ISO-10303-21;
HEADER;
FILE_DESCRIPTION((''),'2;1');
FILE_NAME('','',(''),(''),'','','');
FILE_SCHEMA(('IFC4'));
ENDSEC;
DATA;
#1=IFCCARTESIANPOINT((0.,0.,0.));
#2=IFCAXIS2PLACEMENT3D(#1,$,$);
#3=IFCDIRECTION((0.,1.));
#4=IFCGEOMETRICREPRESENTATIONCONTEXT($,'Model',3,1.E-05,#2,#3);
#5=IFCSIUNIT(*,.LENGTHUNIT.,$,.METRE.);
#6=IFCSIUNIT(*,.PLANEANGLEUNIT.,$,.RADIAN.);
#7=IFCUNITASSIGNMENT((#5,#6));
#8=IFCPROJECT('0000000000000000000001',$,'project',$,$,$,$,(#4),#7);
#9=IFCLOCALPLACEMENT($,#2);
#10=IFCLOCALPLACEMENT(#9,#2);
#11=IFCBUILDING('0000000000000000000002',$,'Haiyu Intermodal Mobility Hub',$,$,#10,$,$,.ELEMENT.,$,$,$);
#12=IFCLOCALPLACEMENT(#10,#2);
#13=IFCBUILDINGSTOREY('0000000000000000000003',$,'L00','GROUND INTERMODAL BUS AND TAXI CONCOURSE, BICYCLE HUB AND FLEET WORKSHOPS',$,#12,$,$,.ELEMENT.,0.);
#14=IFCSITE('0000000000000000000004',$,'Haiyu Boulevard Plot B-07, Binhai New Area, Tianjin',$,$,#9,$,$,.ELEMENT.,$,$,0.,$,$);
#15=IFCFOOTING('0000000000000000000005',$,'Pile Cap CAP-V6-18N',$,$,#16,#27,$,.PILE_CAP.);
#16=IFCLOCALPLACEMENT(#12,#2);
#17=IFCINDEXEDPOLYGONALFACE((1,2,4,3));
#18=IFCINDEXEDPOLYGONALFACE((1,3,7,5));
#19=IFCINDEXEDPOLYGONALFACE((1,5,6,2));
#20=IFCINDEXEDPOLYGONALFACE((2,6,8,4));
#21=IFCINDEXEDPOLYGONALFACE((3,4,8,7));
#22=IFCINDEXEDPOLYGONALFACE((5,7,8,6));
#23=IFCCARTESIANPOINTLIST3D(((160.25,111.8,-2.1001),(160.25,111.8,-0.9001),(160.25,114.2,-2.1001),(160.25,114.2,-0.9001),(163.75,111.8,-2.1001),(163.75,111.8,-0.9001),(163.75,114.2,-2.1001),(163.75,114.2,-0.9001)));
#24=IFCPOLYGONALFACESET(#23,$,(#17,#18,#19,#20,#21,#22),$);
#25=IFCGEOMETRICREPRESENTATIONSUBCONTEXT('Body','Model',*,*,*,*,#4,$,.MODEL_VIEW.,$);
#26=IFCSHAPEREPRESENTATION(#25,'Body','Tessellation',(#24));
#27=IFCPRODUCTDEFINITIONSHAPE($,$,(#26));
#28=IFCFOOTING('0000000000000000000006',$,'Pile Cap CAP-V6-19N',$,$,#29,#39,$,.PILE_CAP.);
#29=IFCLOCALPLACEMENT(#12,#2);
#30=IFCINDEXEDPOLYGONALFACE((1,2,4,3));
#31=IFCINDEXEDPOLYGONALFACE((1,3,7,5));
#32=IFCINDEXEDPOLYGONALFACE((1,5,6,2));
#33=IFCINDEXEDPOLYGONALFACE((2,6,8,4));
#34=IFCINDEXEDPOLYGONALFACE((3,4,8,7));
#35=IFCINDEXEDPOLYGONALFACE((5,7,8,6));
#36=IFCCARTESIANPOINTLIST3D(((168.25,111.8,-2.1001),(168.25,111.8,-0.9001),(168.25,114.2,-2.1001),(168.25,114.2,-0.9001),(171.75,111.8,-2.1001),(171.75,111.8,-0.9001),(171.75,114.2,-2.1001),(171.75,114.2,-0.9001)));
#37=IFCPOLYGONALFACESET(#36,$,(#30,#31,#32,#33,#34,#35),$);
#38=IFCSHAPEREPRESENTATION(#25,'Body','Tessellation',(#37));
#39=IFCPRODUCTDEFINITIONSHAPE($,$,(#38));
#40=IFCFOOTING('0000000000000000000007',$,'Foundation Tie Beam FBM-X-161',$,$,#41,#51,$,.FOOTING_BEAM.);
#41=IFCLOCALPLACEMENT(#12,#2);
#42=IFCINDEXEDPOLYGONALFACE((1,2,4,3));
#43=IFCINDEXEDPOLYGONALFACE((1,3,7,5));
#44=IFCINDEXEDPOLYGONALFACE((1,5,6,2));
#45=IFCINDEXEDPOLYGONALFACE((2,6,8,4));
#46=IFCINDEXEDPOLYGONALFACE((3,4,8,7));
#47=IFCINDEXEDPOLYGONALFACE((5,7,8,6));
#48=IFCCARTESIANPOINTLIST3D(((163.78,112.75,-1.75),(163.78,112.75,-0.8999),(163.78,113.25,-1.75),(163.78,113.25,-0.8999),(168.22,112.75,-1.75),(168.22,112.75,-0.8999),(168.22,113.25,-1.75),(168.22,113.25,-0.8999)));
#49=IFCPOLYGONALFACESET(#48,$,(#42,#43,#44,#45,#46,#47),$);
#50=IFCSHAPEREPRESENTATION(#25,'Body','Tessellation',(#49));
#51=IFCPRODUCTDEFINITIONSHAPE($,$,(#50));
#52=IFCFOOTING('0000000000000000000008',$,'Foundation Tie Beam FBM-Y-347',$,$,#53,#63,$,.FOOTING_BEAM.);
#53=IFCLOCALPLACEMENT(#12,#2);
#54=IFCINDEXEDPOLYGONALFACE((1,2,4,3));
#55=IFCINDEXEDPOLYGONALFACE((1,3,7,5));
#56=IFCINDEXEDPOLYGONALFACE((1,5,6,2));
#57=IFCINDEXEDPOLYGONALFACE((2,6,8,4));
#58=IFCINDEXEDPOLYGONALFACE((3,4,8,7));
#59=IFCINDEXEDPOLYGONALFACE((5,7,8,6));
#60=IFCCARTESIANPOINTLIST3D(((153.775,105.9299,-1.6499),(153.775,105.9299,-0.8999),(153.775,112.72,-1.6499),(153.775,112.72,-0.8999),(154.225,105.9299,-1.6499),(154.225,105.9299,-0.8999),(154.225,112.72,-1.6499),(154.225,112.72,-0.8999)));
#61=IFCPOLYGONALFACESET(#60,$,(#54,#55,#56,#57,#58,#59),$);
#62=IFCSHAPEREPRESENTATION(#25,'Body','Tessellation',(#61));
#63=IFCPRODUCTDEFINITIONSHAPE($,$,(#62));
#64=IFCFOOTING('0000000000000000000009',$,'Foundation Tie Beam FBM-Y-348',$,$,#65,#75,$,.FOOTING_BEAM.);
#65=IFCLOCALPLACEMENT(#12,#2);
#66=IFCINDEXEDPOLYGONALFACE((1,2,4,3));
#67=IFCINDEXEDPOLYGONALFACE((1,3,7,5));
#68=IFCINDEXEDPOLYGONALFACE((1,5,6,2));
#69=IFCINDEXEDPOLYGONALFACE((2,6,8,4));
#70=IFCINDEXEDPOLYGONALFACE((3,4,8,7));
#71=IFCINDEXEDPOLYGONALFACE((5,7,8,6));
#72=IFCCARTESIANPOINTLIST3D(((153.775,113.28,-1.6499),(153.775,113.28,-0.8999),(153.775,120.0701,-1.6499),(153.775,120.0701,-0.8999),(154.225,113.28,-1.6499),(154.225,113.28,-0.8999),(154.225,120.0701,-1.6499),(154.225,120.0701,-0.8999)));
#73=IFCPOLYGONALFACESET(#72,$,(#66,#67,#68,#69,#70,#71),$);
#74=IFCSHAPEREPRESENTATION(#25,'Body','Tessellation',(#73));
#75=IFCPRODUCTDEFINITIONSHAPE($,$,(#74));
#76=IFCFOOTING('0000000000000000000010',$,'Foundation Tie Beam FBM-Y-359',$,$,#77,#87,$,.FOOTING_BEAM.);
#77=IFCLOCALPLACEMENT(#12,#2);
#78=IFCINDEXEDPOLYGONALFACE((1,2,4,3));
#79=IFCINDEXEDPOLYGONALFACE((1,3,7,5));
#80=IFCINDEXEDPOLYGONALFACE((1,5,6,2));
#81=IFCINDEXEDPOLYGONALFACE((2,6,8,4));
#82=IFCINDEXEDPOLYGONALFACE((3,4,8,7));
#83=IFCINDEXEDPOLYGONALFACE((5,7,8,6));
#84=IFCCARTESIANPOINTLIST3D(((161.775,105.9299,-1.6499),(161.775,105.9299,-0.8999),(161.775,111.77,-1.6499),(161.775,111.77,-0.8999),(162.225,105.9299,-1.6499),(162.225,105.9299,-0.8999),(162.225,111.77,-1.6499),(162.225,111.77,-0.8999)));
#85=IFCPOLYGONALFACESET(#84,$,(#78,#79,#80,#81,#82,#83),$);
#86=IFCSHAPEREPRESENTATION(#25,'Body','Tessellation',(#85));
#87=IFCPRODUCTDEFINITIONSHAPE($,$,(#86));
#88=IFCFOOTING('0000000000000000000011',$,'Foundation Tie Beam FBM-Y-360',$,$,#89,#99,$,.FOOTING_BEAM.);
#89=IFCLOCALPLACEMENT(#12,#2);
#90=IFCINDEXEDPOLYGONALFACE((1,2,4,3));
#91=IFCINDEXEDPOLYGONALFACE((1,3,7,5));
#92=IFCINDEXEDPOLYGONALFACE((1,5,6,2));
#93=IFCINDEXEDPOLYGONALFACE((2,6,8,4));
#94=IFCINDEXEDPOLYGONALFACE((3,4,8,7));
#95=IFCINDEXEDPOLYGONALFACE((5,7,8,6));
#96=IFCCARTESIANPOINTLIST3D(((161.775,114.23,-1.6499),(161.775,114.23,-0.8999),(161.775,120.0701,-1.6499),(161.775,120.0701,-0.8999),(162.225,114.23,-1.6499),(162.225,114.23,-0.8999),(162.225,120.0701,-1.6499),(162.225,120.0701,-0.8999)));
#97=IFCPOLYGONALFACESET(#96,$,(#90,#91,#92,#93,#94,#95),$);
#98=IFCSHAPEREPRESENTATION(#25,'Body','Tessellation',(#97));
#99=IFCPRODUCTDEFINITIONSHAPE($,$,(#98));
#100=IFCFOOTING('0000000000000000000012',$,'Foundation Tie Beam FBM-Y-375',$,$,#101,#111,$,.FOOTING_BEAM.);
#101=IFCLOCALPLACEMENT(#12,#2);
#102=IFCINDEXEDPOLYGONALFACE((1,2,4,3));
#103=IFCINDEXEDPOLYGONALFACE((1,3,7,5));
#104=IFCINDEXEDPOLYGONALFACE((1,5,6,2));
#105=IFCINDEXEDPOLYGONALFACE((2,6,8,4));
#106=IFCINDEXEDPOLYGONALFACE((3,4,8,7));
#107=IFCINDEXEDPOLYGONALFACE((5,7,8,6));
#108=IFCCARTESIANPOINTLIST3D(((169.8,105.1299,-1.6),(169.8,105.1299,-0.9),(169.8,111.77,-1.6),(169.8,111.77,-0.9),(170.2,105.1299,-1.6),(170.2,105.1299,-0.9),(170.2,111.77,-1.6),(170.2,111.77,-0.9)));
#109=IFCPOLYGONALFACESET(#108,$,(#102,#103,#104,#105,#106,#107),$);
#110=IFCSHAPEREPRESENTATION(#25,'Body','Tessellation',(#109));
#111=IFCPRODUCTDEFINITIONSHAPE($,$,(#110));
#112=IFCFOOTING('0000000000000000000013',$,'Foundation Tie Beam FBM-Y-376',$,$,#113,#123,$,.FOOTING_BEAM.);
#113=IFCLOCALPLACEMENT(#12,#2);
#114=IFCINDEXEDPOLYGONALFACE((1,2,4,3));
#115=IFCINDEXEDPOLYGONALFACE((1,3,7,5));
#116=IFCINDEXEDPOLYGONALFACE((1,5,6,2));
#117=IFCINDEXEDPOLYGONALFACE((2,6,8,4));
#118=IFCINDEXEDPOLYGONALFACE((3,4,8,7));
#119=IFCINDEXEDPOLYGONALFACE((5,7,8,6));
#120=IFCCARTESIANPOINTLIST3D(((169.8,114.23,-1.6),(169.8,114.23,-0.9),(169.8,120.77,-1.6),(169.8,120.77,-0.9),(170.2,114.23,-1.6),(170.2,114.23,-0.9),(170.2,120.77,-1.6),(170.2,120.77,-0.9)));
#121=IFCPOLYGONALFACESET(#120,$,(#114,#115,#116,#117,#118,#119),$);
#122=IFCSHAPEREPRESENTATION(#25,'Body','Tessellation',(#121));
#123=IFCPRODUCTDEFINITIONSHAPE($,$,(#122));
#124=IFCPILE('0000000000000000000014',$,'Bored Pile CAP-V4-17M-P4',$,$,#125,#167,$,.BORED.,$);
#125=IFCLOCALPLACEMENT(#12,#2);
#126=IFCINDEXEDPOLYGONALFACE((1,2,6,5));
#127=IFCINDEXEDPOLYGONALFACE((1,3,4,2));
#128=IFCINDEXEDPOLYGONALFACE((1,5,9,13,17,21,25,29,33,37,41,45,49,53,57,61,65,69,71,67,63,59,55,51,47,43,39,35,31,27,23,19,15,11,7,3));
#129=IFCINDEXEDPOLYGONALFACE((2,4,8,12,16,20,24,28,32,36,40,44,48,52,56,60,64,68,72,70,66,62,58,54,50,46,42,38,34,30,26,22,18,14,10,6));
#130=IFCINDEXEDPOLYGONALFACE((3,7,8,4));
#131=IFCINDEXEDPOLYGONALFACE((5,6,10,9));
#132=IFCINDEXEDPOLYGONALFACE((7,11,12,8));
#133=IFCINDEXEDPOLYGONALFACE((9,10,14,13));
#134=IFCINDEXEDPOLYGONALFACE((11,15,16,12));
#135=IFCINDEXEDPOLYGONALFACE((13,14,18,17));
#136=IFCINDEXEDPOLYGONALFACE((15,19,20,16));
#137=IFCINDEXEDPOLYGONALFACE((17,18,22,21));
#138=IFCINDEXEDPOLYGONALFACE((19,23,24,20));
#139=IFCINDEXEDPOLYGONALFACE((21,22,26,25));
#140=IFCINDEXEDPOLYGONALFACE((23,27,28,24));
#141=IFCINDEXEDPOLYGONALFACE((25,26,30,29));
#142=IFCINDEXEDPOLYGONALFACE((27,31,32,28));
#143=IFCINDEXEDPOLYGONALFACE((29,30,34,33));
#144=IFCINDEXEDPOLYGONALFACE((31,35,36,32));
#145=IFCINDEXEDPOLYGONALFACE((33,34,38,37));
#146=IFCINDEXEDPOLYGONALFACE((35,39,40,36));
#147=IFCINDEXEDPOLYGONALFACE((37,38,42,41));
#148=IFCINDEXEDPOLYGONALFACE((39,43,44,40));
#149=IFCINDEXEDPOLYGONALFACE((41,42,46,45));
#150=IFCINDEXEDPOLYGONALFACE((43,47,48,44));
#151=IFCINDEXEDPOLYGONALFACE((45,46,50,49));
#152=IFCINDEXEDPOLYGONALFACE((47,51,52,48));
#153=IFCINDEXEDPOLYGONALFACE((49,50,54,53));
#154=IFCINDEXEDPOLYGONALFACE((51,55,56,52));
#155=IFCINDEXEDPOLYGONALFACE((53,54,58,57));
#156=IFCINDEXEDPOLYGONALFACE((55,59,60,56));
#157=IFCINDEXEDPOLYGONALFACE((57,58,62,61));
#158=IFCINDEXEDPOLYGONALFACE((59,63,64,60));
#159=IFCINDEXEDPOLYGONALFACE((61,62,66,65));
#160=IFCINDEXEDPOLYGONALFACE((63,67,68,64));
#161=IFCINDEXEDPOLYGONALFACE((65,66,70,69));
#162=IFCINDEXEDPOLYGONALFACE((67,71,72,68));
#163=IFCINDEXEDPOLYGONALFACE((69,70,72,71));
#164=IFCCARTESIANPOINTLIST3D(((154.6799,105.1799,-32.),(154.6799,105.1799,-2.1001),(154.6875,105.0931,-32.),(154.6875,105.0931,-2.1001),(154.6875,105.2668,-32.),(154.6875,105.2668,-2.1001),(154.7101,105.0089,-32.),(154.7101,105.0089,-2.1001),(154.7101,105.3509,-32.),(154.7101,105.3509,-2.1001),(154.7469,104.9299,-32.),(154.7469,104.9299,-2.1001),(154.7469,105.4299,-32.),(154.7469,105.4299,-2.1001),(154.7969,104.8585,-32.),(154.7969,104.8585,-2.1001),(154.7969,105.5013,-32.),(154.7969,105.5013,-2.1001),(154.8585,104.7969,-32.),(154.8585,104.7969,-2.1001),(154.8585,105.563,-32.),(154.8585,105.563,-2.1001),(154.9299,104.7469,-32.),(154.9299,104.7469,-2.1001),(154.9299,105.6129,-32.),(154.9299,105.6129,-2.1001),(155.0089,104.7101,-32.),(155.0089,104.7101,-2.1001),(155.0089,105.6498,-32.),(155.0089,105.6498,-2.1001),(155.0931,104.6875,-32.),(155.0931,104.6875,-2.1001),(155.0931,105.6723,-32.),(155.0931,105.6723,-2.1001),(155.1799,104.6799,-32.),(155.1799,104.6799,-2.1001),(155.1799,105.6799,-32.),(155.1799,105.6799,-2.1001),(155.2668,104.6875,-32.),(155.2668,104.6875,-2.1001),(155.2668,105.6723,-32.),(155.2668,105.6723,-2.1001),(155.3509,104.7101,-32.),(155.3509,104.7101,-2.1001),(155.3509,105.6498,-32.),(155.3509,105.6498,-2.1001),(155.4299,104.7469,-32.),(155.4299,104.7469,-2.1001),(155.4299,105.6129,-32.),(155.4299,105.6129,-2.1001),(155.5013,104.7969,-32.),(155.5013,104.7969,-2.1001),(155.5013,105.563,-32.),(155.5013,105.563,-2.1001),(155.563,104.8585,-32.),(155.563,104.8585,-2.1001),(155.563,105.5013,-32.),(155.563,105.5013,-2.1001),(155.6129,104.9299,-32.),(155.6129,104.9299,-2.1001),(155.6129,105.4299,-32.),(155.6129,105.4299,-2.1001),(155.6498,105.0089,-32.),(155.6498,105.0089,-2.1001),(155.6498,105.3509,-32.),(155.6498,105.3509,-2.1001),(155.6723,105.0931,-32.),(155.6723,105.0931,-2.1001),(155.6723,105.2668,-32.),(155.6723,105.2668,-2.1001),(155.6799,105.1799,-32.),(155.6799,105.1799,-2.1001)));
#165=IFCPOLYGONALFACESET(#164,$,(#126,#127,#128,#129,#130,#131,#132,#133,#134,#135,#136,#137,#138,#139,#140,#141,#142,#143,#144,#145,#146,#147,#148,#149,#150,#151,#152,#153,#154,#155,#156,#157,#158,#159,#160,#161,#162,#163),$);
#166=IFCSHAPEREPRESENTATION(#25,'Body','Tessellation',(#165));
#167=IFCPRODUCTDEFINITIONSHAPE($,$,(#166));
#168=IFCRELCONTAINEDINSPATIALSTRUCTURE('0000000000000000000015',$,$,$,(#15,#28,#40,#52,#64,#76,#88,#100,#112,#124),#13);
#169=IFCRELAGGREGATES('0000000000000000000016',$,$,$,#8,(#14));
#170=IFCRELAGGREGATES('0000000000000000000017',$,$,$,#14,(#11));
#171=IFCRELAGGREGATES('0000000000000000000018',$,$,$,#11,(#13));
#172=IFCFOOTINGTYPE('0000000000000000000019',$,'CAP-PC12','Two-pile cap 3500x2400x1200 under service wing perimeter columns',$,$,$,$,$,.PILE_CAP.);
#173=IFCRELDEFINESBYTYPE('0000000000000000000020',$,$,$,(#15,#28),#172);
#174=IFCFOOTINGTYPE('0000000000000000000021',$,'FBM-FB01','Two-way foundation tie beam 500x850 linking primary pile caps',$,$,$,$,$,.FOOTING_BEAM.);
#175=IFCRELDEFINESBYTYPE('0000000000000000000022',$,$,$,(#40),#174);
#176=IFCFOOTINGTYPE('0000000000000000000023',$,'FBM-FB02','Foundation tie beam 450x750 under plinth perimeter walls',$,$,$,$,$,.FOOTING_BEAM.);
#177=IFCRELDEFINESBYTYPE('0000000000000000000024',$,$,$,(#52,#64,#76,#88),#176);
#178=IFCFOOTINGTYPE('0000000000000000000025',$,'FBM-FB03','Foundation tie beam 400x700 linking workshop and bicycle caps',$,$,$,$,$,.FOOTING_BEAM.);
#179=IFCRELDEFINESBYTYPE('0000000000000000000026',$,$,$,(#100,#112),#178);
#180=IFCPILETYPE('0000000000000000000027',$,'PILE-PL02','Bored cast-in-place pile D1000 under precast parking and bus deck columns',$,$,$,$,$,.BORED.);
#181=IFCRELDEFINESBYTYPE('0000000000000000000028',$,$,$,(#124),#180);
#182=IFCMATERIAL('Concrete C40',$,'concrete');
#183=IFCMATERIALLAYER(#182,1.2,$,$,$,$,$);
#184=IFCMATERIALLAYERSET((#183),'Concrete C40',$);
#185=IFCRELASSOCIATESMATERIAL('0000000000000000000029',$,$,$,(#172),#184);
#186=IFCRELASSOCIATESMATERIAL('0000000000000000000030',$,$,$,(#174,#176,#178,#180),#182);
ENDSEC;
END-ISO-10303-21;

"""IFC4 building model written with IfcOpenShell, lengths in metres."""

from ifc_helpers import new_model, si_unit, direction, frame, origin, origin_2d, place, context, subcontext, project, spatial, rectangle, circle, extrude, material, layer, layer_set, material_profile, profile_set, type_object, element, save


model = new_model("IFC4")

# Units and contexts
model_context = context("Model", 3, precision=1e-05, world=origin(), true_north=direction((0.0, 1.0)))
body_context = subcontext(model_context, "Body", "Model", "MODEL_VIEW")
ifc_project = project(units=[si_unit("LENGTHUNIT", "METRE"), si_unit("PLANEANGLEUNIT", "RADIAN")], contexts=[model_context])

# Site, building, storey
site_placement = place(None, origin())
site = spatial("IfcSite", under=ifc_project, at=site_placement, Name="Haiyu Boulevard Plot B-07, Binhai New Area, Tianjin", CompositionType="ELEMENT", RefElevation=0.0)
building_placement = place(site_placement, origin())
building = spatial("IfcBuilding", under=site, at=building_placement, Name="Haiyu Intermodal Mobility Hub", CompositionType="ELEMENT")
storey_placement = place(building_placement, origin())
storey = spatial("IfcBuildingStorey", under=building, at=storey_placement, Name="L00", Description="GROUND INTERMODAL BUS AND TAXI CONCOURSE, BICYCLE HUB AND FLEET WORKSHOPS", CompositionType="ELEMENT", Elevation=0.0)

# Footings
ifc_material_1 = material(Name="Concrete C40", Category="concrete")
ifc_layer_1 = layer(ifc_material_1, 1.2)
ifc_layer_set_1 = layer_set([ifc_layer_1], Name="Concrete C40")
footing_type_1 = type_object("IfcFootingType", Name="CAP-PC12", Description="Two-pile cap 3500x2400x1200 under service wing perimeter columns", PredefinedType="PILE_CAP", material=ifc_layer_set_1)
for number, where, z_axis, x_axis, name in (
    (1, (162.0, 113.0, -2.1001), (0.0, 0.0, 1.0), (1.0, 0.0, 0.0), "Pile Cap CAP-V6-18N"),
    (2, (170.0, 113.0, -2.1001), (0.0, 0.0, 1.0), (1.0, 0.0, 0.0), "Pile Cap CAP-V6-19N"),
):
    element("IfcFooting", number, at=place(storey_placement, frame(where, z_axis=z_axis, x_axis=x_axis)), inside=storey, type_object=footing_type_1, Name=name, PredefinedType="PILE_CAP", context=body_context, shape_type="SweptSolid", body=[
        extrude(rectangle(XDim=3.5, YDim=2.3999, at=origin_2d()), origin(), (0.0, 0.0, 1.0), 1.2),
    ])
ifc_material_profile_1 = material_profile(ifc_material_1, rectangle(XDim=0.5, YDim=0.8501, at=origin_2d()), Name="FB500x850")
ifc_profile_set_1 = profile_set([ifc_material_profile_1], Name="Concrete C40")
footing_type_2 = type_object("IfcFootingType", Name="FBM-FB01", Description="Two-way foundation tie beam 500x850 linking primary pile caps", PredefinedType="FOOTING_BEAM", material=ifc_profile_set_1)
footing_1_placement = place(storey_placement, frame((163.78, 113.0, -1.325), z_axis=(1.0, 0.0, 0.0), x_axis=(0.0, 1.0, 0.0)))
element("IfcFooting", 3, at=footing_1_placement, inside=storey, type_object=footing_type_2, Name="Foundation Tie Beam FBM-X-161", PredefinedType="FOOTING_BEAM", context=body_context, shape_type="SweptSolid", body=[
    extrude(rectangle(XDim=0.5, YDim=0.8501, at=origin_2d()), origin(), (0.0, 0.0, 1.0), 4.4399),
])
ifc_material_profile_2 = material_profile(ifc_material_1, rectangle(XDim=0.45, YDim=0.75, at=origin_2d()), Name="FB450x750")
ifc_profile_set_2 = profile_set([ifc_material_profile_2], Name="Concrete C40")
footing_type_3 = type_object("IfcFootingType", Name="FBM-FB02", Description="Foundation tie beam 450x750 under plinth perimeter walls", PredefinedType="FOOTING_BEAM", material=ifc_profile_set_2)
for number, where, z_axis, x_axis, name in (
    (4, (154.0, 105.9299, -1.2749), (0.0, 1.0, 0.0), (-1.0, 0.0, 0.0), "Foundation Tie Beam FBM-Y-347"),
    (5, (154.0, 113.28, -1.2749), (0.0, 1.0, 0.0), (-1.0, 0.0, 0.0), "Foundation Tie Beam FBM-Y-348"),
):
    element("IfcFooting", number, at=place(storey_placement, frame(where, z_axis=z_axis, x_axis=x_axis)), inside=storey, type_object=footing_type_3, Name=name, PredefinedType="FOOTING_BEAM", context=body_context, shape_type="SweptSolid", body=[
        extrude(rectangle(XDim=0.45, YDim=0.75, at=origin_2d()), origin(), (0.0, 0.0, 1.0), 6.79),
    ])
for number, where, z_axis, x_axis, name in (
    (6, (162.0, 105.9299, -1.2749), (0.0, 1.0, 0.0), (-1.0, 0.0, 0.0), "Foundation Tie Beam FBM-Y-359"),
    (7, (162.0, 114.23, -1.2749), (0.0, 1.0, 0.0), (-1.0, 0.0, 0.0), "Foundation Tie Beam FBM-Y-360"),
):
    element("IfcFooting", number, at=place(storey_placement, frame(where, z_axis=z_axis, x_axis=x_axis)), inside=storey, type_object=footing_type_3, Name=name, PredefinedType="FOOTING_BEAM", context=body_context, shape_type="SweptSolid", body=[
        extrude(rectangle(XDim=0.45, YDim=0.75, at=origin_2d()), origin(), (0.0, 0.0, 1.0), 5.8401),
    ])
ifc_material_profile_3 = material_profile(ifc_material_1, rectangle(XDim=0.3999, YDim=0.7, at=origin_2d()), Name="FB400x700")
ifc_profile_set_3 = profile_set([ifc_material_profile_3], Name="Concrete C40")
footing_type_4 = type_object("IfcFootingType", Name="FBM-FB03", Description="Foundation tie beam 400x700 linking workshop and bicycle caps", PredefinedType="FOOTING_BEAM", material=ifc_profile_set_3)
footing_2_placement = place(storey_placement, frame((170.0, 105.1299, -1.25), z_axis=(0.0, 1.0, 0.0), x_axis=(-1.0, 0.0, 0.0)))
element("IfcFooting", 8, at=footing_2_placement, inside=storey, type_object=footing_type_4, Name="Foundation Tie Beam FBM-Y-375", PredefinedType="FOOTING_BEAM", context=body_context, shape_type="SweptSolid", body=[
    extrude(rectangle(XDim=0.3999, YDim=0.7, at=origin_2d()), origin(), (0.0, 0.0, 1.0), 6.6401),
])
footing_3_placement = place(storey_placement, frame((170.0, 114.23, -1.25), z_axis=(0.0, 1.0, 0.0), x_axis=(-1.0, 0.0, 0.0)))
element("IfcFooting", 9, at=footing_3_placement, inside=storey, type_object=footing_type_4, Name="Foundation Tie Beam FBM-Y-376", PredefinedType="FOOTING_BEAM", context=body_context, shape_type="SweptSolid", body=[
    extrude(rectangle(XDim=0.3999, YDim=0.7, at=origin_2d()), origin(), (0.0, 0.0, 1.0), 6.54),
])

# Pile
ifc_material_profile_4 = material_profile(ifc_material_1, circle(Radius=0.5, at=origin_2d()), Name="PILE-D1000")
ifc_profile_set_4 = profile_set([ifc_material_profile_4], Name="Concrete C40")
pile_type_1 = type_object("IfcPileType", Name="PILE-PL02", Description="Bored cast-in-place pile D1000 under precast parking and bus deck columns", PredefinedType="BORED", material=ifc_profile_set_4)
for number, where, z_axis, x_axis, name in (
    (10, (155.1799, 105.1799, -2.1001), (0.0, 0.0, -1.0), (1.0, 0.0, 0.0), "Bored Pile CAP-V4-17M-P4"),
):
    element("IfcPile", number, at=place(storey_placement, frame(where, z_axis=z_axis, x_axis=x_axis)), inside=storey, type_object=pile_type_1, Name=name, PredefinedType="BORED", context=body_context, shape_type="SweptSolid", body=[
        extrude(circle(Radius=0.5, at=origin_2d()), origin(), (0.0, 0.0, 1.0), 29.8999),
    ])

save(model, "model.ifc")
